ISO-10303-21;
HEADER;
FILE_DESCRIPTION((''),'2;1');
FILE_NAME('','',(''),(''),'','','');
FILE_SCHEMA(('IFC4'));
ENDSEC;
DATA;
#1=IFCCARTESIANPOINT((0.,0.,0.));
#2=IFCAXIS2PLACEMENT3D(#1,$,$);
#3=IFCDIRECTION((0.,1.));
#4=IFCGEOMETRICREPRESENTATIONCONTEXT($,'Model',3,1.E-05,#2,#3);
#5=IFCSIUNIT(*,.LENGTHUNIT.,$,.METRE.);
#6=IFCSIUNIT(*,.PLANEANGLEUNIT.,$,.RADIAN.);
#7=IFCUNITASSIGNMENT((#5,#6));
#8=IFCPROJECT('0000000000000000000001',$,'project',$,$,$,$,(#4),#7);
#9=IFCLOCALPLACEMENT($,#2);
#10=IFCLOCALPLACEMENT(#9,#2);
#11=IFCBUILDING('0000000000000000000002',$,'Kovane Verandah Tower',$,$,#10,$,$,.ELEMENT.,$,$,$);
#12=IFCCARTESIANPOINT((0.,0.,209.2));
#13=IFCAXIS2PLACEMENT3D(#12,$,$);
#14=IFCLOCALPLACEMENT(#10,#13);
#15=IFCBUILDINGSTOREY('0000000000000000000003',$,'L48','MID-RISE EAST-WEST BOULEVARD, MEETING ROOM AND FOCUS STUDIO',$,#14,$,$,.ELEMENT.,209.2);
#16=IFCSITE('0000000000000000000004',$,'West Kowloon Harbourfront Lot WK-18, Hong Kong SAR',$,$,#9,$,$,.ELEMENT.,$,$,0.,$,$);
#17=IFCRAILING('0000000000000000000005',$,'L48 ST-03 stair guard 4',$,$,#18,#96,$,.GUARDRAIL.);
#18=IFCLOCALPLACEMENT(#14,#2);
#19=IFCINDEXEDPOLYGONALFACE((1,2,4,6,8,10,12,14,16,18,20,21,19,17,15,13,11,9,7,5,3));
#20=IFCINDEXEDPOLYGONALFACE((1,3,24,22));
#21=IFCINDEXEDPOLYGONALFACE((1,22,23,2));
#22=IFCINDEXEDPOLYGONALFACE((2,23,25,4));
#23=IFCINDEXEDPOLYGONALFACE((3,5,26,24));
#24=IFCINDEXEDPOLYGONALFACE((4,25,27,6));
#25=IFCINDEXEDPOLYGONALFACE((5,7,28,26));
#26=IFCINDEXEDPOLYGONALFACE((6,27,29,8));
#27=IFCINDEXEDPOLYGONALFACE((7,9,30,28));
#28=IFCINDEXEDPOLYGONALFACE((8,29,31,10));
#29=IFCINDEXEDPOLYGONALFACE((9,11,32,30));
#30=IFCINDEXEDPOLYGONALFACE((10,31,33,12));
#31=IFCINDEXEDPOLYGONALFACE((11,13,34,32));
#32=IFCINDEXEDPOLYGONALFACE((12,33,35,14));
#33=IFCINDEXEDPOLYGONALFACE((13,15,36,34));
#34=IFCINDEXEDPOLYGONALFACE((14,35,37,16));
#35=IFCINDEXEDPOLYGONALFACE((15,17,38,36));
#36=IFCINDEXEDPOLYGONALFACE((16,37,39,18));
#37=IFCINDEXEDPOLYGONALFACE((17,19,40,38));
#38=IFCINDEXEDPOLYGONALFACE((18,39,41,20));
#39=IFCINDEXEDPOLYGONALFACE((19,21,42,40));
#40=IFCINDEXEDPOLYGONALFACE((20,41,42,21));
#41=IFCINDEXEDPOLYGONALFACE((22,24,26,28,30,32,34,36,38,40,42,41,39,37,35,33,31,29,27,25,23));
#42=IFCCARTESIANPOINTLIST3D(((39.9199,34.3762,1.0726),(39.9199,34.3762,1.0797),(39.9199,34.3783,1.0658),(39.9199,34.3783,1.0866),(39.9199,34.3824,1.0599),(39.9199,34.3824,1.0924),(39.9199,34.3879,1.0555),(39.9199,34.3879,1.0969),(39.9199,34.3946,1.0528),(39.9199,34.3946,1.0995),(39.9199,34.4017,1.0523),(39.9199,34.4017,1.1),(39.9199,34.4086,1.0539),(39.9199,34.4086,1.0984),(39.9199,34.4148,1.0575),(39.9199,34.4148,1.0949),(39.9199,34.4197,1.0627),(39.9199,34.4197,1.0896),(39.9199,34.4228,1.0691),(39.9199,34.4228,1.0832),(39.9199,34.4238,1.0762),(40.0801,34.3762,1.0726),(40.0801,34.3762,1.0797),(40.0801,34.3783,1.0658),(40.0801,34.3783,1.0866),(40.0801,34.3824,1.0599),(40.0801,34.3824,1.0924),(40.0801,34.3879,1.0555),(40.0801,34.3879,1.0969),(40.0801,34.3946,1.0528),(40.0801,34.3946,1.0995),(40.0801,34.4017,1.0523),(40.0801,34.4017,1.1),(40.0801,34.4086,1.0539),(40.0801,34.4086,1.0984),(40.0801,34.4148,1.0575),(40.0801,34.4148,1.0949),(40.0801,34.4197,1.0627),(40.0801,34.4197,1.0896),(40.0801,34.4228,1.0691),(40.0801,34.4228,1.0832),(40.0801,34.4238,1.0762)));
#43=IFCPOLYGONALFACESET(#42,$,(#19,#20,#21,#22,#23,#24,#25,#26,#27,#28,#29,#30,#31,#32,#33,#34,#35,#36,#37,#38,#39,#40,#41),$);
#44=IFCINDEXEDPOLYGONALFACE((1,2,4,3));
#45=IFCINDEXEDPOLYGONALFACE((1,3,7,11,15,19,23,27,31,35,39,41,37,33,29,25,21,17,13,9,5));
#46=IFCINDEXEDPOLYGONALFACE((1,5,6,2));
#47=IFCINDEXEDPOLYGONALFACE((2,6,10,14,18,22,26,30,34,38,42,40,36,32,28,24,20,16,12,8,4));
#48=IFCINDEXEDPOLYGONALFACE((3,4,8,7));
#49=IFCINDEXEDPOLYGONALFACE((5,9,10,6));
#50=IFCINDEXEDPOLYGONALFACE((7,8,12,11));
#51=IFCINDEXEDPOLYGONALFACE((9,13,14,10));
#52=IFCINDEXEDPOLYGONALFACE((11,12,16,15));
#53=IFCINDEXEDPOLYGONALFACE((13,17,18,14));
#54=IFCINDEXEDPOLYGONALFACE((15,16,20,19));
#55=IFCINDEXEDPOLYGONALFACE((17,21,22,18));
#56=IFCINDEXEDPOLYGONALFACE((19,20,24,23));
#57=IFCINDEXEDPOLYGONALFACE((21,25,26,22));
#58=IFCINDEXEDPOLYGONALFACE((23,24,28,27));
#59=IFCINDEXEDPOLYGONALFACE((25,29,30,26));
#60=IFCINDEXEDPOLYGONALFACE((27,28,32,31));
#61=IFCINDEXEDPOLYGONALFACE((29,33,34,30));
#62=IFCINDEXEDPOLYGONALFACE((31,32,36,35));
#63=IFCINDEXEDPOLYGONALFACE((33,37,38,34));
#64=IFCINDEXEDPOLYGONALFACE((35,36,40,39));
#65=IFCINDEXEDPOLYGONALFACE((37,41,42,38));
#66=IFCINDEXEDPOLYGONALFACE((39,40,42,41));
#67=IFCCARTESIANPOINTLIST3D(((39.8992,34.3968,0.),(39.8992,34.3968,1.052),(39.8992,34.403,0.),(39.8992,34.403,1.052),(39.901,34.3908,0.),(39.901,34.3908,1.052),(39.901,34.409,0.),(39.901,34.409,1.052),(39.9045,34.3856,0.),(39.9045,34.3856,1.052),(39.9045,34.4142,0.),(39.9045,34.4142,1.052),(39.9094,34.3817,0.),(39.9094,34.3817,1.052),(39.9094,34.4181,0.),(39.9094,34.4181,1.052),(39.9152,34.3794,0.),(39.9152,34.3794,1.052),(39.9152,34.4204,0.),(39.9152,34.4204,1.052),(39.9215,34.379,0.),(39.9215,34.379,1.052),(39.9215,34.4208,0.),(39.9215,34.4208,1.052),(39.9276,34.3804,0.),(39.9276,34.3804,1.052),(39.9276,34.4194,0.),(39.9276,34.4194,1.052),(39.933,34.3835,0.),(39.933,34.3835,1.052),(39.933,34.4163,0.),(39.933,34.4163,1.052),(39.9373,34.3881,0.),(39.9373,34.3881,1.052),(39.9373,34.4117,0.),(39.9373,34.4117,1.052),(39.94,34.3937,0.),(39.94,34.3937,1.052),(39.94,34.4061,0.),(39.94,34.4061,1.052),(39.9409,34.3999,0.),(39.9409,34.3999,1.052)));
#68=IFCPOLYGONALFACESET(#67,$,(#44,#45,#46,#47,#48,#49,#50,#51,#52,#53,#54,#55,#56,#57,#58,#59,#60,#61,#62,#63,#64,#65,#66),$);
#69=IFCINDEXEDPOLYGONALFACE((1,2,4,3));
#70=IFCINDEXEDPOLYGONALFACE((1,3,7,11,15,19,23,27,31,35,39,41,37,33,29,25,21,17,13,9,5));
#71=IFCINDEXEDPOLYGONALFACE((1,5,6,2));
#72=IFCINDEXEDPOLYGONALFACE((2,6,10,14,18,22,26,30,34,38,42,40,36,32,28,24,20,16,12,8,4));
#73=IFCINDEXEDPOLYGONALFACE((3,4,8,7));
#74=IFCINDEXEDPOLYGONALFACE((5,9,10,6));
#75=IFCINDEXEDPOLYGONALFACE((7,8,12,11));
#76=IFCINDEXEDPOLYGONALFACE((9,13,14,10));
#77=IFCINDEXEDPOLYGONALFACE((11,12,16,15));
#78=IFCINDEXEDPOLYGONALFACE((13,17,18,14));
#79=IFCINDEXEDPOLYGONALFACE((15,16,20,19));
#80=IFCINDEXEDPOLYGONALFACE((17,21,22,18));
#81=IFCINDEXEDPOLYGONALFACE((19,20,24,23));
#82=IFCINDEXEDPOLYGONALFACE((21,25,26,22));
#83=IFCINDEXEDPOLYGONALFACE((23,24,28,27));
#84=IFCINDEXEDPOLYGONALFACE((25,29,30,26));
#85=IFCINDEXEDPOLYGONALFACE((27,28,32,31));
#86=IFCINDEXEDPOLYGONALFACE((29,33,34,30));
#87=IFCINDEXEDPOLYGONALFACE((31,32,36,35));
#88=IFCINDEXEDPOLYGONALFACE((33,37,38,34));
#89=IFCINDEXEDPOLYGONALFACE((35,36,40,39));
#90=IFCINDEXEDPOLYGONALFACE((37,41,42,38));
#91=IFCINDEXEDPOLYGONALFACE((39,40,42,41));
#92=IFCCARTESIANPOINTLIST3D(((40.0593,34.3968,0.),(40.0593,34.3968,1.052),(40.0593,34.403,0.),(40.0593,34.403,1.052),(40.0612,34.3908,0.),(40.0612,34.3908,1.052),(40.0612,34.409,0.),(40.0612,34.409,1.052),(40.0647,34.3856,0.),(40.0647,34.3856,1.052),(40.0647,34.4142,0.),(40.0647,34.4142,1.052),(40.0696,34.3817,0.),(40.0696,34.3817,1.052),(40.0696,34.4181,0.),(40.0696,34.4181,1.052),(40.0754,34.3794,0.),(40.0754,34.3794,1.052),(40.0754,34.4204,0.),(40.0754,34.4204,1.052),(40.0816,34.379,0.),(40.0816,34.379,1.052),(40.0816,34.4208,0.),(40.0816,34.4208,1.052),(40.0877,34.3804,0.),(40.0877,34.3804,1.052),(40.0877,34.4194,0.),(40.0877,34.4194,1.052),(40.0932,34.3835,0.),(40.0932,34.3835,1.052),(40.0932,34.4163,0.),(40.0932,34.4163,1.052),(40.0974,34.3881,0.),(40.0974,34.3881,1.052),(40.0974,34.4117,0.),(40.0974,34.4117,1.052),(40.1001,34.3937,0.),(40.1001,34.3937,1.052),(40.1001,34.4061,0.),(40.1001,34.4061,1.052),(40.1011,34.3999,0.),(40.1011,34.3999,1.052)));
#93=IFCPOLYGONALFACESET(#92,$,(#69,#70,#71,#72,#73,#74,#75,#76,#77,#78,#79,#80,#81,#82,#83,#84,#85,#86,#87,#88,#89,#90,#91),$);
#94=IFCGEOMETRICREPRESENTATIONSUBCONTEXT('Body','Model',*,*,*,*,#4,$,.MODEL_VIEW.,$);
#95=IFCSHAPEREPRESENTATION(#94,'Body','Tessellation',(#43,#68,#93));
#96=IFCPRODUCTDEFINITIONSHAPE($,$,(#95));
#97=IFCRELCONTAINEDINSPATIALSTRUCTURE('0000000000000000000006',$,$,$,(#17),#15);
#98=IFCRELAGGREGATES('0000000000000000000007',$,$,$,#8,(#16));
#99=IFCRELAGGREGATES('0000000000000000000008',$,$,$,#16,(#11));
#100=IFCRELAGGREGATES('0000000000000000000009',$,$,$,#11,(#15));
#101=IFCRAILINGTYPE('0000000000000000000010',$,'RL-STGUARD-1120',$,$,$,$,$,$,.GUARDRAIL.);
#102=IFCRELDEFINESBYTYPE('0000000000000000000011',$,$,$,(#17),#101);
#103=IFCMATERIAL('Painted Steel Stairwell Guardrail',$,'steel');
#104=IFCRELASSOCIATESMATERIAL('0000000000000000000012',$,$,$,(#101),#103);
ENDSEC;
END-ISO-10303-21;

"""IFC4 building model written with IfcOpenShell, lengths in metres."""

from ifc_helpers import new_model, si_unit, direction, frame, origin, origin_2d, place, context, subcontext, project, spatial, circle, extrude, material, type_object, element, save


model = new_model("IFC4")

# Units and contexts
model_context = context("Model", 3, precision=1e-05, world=origin(), true_north=direction((0.0, 1.0)))
body_context = subcontext(model_context, "Body", "Model", "MODEL_VIEW")
ifc_project = project(units=[si_unit("LENGTHUNIT", "METRE"), si_unit("PLANEANGLEUNIT", "RADIAN")], contexts=[model_context])

# Site, building, storey
site_placement = place(None, origin())
site = spatial("IfcSite", under=ifc_project, at=site_placement, Name="West Kowloon Harbourfront Lot WK-18, Hong Kong SAR", CompositionType="ELEMENT", RefElevation=0.0)
building_placement = place(site_placement, origin())
building = spatial("IfcBuilding", under=site, at=building_placement, Name="Kovane Verandah Tower", CompositionType="ELEMENT")
storey_placement = place(building_placement, frame((0.0, 0.0, 209.2)))
storey = spatial("IfcBuildingStorey", under=building, at=storey_placement, Name="L48", Description="MID-RISE EAST-WEST BOULEVARD, MEETING ROOM AND FOCUS STUDIO", CompositionType="ELEMENT", Elevation=209.2)

# Railing
ifc_material_1 = material(Name="Painted Steel Stairwell Guardrail", Category="steel")
railing_type_1 = type_object("IfcRailingType", Name="RL-STGUARD-1120", PredefinedType="GUARDRAIL", material=ifc_material_1)
railing_1_placement = place(storey_placement, frame((39.9199, 34.3999, 0.0)))
element("IfcRailing", 1, at=railing_1_placement, inside=storey, type_object=railing_type_1, Name="L48 ST-03 stair guard 4", PredefinedType="GUARDRAIL", context=body_context, shape_type="SweptSolid", body=[
    extrude(circle(Radius=0.0239, at=origin_2d()), frame((0.0, 0.0, 1.0762), z_axis=(1.0, 0.0, 0.0), x_axis=(0.0, 1.0, 0.0)), (0.0, 0.0, 1.0), 0.1602),
    extrude(circle(Radius=0.021, at=origin_2d()), origin(), (0.0, 0.0, 1.0), 1.052),
    extrude(circle(Radius=0.021, at=origin_2d()), frame((0.1602, 0.0, 0.0)), (0.0, 0.0, 1.0), 1.052),
])

save(model, "model.ifc")
